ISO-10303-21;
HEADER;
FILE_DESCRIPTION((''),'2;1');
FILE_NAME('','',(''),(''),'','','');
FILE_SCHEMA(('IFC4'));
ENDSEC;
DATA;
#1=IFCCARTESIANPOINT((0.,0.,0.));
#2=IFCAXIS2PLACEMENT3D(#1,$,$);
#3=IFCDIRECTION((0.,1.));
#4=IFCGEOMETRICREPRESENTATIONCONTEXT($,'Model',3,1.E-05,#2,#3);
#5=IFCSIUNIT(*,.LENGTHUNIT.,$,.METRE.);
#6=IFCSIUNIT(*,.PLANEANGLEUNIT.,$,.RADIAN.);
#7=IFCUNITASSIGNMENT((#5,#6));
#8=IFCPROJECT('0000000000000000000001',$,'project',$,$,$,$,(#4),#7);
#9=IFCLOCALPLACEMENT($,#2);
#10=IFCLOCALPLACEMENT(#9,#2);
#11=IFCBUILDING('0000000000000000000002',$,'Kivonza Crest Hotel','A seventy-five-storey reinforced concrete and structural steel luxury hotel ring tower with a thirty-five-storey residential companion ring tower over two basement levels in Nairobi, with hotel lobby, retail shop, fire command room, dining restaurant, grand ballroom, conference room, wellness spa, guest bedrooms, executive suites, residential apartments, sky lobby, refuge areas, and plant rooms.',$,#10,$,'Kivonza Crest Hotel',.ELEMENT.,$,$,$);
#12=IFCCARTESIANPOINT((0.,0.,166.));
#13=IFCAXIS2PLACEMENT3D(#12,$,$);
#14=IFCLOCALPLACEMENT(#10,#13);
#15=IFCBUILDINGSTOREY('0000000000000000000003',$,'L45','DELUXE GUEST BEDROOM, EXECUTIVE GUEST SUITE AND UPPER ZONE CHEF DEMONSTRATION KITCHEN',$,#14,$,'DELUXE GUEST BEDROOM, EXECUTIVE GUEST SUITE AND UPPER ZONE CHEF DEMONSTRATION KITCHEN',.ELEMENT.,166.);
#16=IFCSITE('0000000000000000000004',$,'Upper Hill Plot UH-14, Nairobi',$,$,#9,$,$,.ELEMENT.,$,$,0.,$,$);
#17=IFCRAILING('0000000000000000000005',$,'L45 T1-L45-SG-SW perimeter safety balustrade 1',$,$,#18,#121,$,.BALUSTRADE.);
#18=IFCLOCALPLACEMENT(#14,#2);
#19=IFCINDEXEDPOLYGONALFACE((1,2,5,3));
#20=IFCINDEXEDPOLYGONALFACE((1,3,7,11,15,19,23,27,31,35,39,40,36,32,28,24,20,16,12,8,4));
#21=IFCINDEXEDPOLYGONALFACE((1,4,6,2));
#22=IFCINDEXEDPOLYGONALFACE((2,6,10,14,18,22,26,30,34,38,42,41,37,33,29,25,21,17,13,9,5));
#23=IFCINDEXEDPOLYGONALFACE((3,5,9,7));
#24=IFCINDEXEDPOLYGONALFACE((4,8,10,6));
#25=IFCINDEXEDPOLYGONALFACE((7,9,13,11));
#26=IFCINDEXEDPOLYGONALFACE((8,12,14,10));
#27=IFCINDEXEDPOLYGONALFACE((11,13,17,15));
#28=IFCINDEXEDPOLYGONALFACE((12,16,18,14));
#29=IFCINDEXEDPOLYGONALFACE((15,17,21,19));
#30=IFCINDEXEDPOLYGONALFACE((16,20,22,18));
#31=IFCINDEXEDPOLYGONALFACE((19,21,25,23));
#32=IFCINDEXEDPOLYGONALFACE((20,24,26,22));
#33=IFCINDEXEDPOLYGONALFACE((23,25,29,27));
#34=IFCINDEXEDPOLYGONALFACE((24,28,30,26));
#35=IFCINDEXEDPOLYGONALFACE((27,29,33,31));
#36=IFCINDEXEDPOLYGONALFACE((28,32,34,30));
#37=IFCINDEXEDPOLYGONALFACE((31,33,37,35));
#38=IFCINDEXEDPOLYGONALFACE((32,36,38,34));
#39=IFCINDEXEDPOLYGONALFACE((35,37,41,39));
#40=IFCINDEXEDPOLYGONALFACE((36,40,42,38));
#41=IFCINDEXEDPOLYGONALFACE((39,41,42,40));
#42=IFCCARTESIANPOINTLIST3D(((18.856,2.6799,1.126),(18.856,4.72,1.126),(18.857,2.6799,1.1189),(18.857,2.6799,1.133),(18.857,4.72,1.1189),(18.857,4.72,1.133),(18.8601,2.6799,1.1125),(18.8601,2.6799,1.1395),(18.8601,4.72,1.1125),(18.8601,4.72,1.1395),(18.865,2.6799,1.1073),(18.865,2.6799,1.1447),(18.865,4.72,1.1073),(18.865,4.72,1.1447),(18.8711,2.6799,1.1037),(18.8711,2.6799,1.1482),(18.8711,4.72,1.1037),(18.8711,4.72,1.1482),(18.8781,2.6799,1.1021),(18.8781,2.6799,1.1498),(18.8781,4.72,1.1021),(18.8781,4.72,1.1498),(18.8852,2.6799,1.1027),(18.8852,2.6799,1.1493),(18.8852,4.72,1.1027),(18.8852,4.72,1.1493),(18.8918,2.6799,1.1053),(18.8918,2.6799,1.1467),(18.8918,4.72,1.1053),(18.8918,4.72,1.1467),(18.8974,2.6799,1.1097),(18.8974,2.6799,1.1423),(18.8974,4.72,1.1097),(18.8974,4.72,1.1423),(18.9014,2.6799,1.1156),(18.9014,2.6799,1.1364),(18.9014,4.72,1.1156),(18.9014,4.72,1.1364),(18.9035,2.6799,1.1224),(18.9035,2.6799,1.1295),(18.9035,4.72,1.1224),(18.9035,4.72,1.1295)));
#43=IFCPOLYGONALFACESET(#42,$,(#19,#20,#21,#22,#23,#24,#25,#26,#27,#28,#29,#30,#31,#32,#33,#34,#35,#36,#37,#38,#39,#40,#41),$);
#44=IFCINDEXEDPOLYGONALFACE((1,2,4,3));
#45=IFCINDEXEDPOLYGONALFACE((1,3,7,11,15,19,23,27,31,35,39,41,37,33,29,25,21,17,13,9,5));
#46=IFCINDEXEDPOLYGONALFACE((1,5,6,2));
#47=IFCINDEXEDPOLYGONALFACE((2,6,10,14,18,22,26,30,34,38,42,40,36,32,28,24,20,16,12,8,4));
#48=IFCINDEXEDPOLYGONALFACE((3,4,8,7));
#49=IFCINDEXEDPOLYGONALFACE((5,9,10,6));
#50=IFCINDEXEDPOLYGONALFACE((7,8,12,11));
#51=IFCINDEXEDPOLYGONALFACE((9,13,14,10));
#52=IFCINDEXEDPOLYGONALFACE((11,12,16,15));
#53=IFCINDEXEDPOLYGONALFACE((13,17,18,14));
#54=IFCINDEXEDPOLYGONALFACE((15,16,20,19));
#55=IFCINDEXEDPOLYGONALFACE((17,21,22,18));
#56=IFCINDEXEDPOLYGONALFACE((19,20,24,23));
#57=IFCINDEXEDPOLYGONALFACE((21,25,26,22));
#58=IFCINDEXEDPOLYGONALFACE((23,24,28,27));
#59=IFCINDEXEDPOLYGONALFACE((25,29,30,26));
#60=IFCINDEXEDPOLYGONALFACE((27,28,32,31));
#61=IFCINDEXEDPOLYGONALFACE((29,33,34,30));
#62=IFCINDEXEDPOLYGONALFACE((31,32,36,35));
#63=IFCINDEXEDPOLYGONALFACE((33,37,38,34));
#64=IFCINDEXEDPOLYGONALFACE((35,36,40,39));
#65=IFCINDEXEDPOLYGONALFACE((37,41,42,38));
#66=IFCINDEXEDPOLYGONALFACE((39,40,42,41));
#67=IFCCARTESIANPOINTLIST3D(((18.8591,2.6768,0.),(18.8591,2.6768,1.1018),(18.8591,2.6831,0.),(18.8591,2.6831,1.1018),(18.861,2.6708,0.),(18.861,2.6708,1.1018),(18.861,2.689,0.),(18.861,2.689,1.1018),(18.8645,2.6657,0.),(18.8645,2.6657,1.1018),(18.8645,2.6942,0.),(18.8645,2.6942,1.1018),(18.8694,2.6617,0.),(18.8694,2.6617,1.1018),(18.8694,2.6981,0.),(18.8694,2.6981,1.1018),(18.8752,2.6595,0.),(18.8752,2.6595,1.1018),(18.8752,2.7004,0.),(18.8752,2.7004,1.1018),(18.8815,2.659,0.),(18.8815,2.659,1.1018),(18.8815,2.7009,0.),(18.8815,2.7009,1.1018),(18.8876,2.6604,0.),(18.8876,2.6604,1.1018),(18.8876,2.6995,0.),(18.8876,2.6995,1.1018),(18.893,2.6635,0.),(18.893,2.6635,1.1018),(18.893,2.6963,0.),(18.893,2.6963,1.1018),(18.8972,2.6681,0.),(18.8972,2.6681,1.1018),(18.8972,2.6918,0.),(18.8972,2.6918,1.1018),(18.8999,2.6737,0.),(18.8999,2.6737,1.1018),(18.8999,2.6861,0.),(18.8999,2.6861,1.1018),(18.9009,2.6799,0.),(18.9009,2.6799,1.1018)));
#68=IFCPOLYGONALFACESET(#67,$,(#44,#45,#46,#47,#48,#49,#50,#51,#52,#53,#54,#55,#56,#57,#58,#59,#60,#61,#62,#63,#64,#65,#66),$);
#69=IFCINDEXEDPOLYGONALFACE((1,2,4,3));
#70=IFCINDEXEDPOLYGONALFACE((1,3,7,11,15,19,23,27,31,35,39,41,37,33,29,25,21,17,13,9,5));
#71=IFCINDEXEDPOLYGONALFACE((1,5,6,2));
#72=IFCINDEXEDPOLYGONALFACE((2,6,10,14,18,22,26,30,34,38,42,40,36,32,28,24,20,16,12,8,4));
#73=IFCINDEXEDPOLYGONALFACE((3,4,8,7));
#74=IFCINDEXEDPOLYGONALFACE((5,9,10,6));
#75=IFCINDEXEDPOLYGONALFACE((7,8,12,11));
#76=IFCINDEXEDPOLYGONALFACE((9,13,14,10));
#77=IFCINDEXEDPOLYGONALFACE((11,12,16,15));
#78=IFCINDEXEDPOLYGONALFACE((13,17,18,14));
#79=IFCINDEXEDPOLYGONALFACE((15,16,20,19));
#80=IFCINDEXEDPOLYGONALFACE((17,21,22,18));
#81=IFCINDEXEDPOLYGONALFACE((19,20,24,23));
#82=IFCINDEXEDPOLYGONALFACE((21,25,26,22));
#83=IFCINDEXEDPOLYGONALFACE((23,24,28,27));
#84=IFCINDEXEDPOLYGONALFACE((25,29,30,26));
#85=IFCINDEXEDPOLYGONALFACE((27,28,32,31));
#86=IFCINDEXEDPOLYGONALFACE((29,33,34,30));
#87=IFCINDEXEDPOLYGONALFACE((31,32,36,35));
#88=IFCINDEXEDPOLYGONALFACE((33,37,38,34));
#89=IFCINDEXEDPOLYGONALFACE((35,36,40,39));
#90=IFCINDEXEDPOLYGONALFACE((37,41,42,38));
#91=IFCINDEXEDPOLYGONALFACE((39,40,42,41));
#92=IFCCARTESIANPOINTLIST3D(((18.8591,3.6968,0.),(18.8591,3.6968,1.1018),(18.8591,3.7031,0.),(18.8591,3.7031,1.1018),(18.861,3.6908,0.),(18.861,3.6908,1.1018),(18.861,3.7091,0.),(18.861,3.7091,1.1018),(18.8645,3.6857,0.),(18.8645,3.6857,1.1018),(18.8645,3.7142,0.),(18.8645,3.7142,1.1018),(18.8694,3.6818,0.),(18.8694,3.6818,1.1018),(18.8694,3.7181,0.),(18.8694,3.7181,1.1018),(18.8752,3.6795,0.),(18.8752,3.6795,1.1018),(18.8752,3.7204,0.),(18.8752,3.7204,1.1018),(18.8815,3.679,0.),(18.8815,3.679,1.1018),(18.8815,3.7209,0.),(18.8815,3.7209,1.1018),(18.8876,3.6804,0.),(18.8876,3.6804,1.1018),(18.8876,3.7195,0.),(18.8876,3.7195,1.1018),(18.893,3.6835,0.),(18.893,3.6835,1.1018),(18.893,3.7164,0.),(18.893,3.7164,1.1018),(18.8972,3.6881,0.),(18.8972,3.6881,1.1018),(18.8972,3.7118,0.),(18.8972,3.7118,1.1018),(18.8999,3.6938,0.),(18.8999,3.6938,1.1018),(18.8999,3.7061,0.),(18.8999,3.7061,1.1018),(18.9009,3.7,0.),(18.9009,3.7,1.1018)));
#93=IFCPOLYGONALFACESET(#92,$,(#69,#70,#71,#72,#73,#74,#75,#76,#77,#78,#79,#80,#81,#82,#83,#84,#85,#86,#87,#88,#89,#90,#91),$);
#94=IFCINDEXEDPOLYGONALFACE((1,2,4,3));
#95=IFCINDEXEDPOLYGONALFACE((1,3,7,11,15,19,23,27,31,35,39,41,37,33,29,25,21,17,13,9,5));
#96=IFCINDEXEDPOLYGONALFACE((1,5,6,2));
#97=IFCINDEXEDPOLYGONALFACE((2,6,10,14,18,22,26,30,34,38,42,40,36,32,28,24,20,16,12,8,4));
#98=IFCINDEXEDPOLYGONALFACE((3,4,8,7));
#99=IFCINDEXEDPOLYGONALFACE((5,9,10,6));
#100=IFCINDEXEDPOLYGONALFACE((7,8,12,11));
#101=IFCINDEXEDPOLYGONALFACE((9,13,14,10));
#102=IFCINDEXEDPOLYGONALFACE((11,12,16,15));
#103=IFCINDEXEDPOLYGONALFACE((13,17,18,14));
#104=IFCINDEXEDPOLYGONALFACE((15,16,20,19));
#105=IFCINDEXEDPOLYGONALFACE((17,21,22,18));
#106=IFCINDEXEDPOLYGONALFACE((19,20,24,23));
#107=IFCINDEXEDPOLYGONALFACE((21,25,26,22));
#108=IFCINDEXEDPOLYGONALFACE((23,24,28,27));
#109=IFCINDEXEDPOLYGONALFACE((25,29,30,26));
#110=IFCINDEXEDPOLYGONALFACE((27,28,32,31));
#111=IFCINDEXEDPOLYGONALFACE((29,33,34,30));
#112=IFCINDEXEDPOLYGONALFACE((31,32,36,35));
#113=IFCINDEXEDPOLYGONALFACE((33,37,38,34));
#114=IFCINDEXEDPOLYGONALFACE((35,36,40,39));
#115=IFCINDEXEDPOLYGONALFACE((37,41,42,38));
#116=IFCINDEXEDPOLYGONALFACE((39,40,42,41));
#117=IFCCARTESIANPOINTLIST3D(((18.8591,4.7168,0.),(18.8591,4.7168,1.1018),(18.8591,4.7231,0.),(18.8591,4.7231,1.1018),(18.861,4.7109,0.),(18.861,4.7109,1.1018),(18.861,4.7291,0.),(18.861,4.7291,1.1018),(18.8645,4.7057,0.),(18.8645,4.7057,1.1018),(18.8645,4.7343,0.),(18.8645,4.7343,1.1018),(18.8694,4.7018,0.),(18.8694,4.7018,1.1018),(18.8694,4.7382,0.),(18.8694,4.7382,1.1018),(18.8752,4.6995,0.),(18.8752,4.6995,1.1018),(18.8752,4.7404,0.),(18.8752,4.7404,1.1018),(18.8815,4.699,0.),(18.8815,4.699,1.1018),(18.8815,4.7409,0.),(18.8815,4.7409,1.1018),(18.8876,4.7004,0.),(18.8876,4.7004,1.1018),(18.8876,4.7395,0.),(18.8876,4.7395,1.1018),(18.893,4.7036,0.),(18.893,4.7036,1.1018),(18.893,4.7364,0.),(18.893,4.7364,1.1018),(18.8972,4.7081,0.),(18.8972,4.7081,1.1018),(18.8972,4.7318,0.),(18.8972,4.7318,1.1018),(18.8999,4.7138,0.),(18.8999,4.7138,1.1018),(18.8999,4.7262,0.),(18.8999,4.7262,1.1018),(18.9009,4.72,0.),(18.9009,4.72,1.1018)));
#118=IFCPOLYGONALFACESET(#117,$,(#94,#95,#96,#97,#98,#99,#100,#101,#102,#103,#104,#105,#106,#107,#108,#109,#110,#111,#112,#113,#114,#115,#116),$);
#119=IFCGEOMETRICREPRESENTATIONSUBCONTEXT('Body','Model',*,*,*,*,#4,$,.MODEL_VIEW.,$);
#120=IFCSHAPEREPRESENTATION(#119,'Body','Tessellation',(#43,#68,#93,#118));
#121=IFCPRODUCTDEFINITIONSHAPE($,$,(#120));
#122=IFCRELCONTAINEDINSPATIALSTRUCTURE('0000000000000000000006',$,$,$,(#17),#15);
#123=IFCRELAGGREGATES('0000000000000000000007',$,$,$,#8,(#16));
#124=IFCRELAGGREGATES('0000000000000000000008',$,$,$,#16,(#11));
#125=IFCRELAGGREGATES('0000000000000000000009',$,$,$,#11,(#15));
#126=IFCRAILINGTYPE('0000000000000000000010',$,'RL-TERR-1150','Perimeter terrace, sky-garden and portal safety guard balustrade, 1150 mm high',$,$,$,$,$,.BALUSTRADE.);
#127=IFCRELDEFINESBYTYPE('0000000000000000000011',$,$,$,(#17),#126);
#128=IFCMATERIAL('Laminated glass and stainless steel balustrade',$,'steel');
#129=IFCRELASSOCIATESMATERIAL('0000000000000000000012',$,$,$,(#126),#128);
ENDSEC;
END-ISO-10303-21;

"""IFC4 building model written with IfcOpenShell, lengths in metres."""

from ifc_helpers import new_model, si_unit, direction, frame, origin, origin_2d, place, context, subcontext, project, spatial, circle, extrude, material, type_object, element, save


model = new_model("IFC4")

# Units and contexts
model_context = context("Model", 3, precision=1e-05, world=origin(), true_north=direction((0.0, 1.0)))
body_context = subcontext(model_context, "Body", "Model", "MODEL_VIEW")
ifc_project = project(units=[si_unit("LENGTHUNIT", "METRE"), si_unit("PLANEANGLEUNIT", "RADIAN")], contexts=[model_context])

# Site, building, storey
site_placement = place(None, origin())
site = spatial("IfcSite", under=ifc_project, at=site_placement, Name="Upper Hill Plot UH-14, Nairobi", CompositionType="ELEMENT", RefElevation=0.0)
building_placement = place(site_placement, origin())
building = spatial("IfcBuilding", under=site, at=building_placement, Name="Kivonza Crest Hotel", Description="A seventy-five-storey reinforced concrete and structural steel luxury hotel ring tower with a thirty-five-storey residential companion ring tower over two basement levels in Nairobi, with hotel lobby, retail shop, fire command room, dining restaurant, grand ballroom, conference room, wellness spa, guest bedrooms, executive suites, residential apartments, sky lobby, refuge areas, and plant rooms.", LongName="Kivonza Crest Hotel", CompositionType="ELEMENT")
storey_placement = place(building_placement, frame((0.0, 0.0, 166.0)))
storey = spatial("IfcBuildingStorey", under=building, at=storey_placement, Name="L45", Description="DELUXE GUEST BEDROOM, EXECUTIVE GUEST SUITE AND UPPER ZONE CHEF DEMONSTRATION KITCHEN", LongName="DELUXE GUEST BEDROOM, EXECUTIVE GUEST SUITE AND UPPER ZONE CHEF DEMONSTRATION KITCHEN", CompositionType="ELEMENT", Elevation=166.0)

# Railing
ifc_material_1 = material(Name="Laminated glass and stainless steel balustrade", Category="steel")
railing_type = type_object("IfcRailingType", Name="RL-TERR-1150", Description="Perimeter terrace, sky-garden and portal safety guard balustrade, 1150 mm high", PredefinedType="BALUSTRADE", material=ifc_material_1)
railing_placement = place(storey_placement, frame((18.8799, 2.6799, 0.0)))
element("IfcRailing", 1, at=railing_placement, inside=storey, type_object=railing_type, Name="L45 T1-L45-SG-SW perimeter safety balustrade 1", PredefinedType="BALUSTRADE", context=body_context, shape_type="SweptSolid", body=[
    extrude(circle(Radius=0.0239, at=origin_2d()), frame((0.0, 0.0, 1.126), z_axis=(0.0, 1.0, 0.0), x_axis=(-1.0, 0.0, 0.0)), (0.0, 0.0, 1.0), 2.04),
    extrude(circle(Radius=0.021, at=origin_2d()), origin(), (0.0, 0.0, 1.0), 1.1018),
    extrude(circle(Radius=0.021, at=origin_2d()), frame((0.0, 1.02, 0.0)), (0.0, 0.0, 1.0), 1.1018),
    extrude(circle(Radius=0.021, at=origin_2d()), frame((0.0, 2.04, 0.0)), (0.0, 0.0, 1.0), 1.1018),
])

save(model, "model.ifc")
